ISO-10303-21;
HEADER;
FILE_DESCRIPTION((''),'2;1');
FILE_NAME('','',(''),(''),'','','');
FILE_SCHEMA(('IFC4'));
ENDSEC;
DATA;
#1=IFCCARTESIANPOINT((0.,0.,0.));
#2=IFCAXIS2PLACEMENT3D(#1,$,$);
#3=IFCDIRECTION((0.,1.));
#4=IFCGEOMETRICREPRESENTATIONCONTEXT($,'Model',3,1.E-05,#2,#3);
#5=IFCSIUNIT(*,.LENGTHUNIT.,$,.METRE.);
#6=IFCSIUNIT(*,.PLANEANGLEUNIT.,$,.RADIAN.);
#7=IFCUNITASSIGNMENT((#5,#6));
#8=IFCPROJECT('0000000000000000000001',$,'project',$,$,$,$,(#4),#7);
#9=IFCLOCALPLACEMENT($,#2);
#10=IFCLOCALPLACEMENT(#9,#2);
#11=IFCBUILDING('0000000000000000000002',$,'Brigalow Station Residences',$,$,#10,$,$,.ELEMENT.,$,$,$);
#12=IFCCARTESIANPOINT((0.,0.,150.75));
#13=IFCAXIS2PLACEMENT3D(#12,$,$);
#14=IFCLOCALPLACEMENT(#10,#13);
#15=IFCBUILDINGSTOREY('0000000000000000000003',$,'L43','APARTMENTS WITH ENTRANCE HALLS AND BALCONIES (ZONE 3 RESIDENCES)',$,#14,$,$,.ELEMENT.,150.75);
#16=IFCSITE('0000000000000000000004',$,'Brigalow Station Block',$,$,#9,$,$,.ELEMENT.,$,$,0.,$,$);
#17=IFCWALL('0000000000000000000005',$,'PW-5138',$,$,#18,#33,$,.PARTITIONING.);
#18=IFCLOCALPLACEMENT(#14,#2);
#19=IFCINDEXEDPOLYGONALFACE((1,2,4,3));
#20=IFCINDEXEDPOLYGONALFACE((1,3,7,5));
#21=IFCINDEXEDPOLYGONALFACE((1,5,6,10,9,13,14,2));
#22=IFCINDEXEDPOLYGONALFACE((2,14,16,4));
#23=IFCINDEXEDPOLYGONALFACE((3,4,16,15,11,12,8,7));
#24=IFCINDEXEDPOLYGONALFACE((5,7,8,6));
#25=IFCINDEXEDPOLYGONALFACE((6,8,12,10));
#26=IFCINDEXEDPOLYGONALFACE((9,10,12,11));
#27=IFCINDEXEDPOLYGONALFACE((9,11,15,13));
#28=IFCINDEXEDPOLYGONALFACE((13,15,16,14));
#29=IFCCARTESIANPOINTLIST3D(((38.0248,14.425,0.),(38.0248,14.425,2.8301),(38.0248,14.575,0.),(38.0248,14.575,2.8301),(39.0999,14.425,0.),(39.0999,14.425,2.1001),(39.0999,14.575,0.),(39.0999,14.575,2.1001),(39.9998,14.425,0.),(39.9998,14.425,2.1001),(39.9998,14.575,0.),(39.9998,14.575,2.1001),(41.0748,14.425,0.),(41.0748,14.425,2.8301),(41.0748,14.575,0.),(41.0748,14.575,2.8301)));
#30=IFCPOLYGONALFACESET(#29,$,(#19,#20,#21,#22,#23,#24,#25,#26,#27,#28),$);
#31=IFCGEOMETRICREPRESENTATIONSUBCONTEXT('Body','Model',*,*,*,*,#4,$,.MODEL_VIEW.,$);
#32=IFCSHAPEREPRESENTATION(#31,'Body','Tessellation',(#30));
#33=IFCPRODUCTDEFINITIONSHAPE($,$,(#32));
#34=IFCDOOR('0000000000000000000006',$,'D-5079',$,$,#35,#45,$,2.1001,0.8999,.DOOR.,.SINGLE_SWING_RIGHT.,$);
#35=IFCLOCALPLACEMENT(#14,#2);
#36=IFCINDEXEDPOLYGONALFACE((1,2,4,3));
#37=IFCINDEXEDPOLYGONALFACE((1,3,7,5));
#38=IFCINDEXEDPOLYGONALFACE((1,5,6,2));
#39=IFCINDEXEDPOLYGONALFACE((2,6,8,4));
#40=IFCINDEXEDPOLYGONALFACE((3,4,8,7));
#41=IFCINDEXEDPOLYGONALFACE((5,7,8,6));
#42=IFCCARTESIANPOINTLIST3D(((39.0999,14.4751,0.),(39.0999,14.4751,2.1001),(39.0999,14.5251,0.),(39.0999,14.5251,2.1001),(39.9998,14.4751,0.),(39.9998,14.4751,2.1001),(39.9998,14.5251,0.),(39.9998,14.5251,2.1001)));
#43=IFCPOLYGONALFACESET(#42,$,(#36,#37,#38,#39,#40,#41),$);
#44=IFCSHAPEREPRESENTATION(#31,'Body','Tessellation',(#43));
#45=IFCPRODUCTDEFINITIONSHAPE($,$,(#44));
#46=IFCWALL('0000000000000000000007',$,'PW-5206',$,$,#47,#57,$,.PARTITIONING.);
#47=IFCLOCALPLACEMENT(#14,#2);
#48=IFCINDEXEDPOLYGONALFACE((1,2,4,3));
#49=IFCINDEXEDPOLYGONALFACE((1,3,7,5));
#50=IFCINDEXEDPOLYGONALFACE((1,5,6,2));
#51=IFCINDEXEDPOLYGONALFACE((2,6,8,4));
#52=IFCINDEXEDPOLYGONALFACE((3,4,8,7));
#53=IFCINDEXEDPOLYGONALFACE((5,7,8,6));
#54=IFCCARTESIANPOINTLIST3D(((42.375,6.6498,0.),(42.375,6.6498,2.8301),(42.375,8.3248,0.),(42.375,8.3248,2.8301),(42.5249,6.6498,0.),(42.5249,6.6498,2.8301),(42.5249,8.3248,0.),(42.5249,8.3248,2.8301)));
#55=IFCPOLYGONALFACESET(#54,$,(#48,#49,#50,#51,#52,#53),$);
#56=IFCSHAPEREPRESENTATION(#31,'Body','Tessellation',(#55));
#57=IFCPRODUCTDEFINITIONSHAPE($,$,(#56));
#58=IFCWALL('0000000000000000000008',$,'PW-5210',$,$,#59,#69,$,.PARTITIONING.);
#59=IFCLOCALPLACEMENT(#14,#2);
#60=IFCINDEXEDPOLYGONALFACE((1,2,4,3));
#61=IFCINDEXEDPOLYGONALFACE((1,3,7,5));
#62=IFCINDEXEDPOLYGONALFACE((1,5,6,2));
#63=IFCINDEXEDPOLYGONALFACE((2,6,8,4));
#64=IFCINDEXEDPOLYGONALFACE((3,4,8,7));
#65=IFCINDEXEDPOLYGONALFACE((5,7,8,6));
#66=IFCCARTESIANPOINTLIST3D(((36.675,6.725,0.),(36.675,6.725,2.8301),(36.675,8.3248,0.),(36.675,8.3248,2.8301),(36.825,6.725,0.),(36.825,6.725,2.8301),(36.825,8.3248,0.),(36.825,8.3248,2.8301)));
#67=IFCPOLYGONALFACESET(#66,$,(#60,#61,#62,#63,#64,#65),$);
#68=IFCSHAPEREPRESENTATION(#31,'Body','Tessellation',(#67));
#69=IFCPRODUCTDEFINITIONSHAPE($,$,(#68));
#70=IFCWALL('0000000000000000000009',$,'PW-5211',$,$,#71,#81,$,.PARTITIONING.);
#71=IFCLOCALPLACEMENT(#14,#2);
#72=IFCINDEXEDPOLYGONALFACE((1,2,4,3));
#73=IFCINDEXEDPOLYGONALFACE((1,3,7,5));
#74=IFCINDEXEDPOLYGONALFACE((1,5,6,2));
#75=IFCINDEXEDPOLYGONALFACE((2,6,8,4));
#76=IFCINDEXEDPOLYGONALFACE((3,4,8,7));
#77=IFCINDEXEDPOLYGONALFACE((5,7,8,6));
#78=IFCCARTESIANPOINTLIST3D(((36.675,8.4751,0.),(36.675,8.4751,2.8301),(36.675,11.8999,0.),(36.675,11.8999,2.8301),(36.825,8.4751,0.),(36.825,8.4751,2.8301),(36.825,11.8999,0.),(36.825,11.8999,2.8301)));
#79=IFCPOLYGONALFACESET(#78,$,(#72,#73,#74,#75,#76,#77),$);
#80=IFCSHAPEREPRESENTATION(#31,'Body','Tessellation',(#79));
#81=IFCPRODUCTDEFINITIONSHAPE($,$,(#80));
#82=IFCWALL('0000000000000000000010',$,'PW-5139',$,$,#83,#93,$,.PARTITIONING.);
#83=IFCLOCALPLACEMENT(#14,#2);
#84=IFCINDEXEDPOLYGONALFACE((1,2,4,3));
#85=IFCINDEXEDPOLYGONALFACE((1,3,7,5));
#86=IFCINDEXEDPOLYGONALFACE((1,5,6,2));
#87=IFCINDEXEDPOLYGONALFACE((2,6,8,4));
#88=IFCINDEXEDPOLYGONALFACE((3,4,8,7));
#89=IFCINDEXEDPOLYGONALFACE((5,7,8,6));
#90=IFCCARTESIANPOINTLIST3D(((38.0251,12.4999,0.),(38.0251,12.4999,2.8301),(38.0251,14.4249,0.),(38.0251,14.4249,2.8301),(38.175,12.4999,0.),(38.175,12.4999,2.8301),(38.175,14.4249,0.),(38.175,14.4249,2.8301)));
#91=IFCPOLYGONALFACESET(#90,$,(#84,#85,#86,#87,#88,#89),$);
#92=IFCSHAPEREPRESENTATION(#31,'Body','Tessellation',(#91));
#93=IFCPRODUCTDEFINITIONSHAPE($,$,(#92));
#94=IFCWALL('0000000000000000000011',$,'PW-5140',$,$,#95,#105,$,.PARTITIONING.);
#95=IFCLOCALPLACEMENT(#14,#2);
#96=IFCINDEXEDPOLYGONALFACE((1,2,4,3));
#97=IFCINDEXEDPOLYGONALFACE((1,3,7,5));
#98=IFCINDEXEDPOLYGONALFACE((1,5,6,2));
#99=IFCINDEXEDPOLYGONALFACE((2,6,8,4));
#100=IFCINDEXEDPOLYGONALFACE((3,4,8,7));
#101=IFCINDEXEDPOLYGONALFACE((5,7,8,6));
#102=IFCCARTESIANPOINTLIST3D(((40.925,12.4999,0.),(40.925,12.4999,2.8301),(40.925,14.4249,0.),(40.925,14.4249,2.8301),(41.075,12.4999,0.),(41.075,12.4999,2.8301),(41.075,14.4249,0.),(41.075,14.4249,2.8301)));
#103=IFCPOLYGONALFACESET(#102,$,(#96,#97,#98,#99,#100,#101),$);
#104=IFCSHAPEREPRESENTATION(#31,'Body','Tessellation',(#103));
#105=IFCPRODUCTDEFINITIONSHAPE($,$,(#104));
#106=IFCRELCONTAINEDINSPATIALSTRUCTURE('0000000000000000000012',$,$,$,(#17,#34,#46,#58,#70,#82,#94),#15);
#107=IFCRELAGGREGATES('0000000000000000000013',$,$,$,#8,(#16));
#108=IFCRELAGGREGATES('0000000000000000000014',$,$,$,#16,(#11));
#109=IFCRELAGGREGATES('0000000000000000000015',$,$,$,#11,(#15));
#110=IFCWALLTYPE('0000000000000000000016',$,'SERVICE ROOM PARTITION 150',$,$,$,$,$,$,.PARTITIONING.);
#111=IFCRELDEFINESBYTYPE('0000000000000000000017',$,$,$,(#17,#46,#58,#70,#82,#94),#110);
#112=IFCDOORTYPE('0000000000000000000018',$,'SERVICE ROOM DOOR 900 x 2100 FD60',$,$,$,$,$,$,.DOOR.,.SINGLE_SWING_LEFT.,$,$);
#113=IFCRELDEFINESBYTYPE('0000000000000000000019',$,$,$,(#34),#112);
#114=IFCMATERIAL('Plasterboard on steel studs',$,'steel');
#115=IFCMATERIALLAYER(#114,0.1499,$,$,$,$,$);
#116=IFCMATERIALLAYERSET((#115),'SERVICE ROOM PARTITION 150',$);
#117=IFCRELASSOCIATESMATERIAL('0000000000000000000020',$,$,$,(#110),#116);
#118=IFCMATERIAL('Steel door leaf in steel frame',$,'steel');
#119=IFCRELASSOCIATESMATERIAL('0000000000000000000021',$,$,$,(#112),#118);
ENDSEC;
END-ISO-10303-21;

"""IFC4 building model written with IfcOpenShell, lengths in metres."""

from ifc_helpers import new_model, si_unit, direction, frame, frame_2d, origin, place, context, subcontext, project, spatial, rectangle, extrude, material, layer, layer_set, type_object, element, fill, save


model = new_model("IFC4")

# Units and contexts
model_context = context("Model", 3, precision=1e-05, world=origin(), true_north=direction((0.0, 1.0)))
body_context = subcontext(model_context, "Body", "Model", "MODEL_VIEW")
ifc_project = project(units=[si_unit("LENGTHUNIT", "METRE"), si_unit("PLANEANGLEUNIT", "RADIAN")], contexts=[model_context])

# Site, building, storey
site_placement = place(None, origin())
site = spatial("IfcSite", under=ifc_project, at=site_placement, Name="Brigalow Station Block", CompositionType="ELEMENT", RefElevation=0.0)
building_placement = place(site_placement, origin())
building = spatial("IfcBuilding", under=site, at=building_placement, Name="Brigalow Station Residences", CompositionType="ELEMENT")
storey_placement = place(building_placement, frame((0.0, 0.0, 150.75)))
storey = spatial("IfcBuildingStorey", under=building, at=storey_placement, Name="L43", Description="APARTMENTS WITH ENTRANCE HALLS AND BALCONIES (ZONE 3 RESIDENCES)", CompositionType="ELEMENT", Elevation=150.75)

# Shared definitions
ifc_material_1 = material(Name="Plasterboard on steel studs", Category="steel")
ifc_layer_1 = layer(ifc_material_1, 0.1499)
ifc_layer_set_1 = layer_set([ifc_layer_1], Name="SERVICE ROOM PARTITION 150")
wall_type_1 = type_object("IfcWallType", Name="SERVICE ROOM PARTITION 150", PredefinedType="PARTITIONING", material=ifc_layer_set_1)
ifc_material_2 = material(Name="Steel door leaf in steel frame", Category="steel")
door_type_1 = type_object("IfcDoorType", Name="SERVICE ROOM DOOR 900 x 2100 FD60", OperationType="SINGLE_SWING_LEFT", PredefinedType="DOOR", material=ifc_material_2)

# Wall, opening, door
wall_1_placement = place(storey_placement, frame((38.0249, 14.5, 0.0), z_axis=(0.0, 0.0, 1.0), x_axis=(1.0, 0.0, 0.0)))
wall_1 = element("IfcWall", 1, at=wall_1_placement, inside=storey, type_object=wall_type_1, Name="PW-5138", PredefinedType="PARTITIONING", context=body_context, shape_type="SweptSolid", body=[
    extrude(rectangle(XDim=3.05, YDim=0.1499, at=frame_2d((1.5249, 0.0))), origin(), (0.0, 0.0, 1.0), 2.8301),
])
opening_1_placement = place(wall_1_placement, frame((1.075, 0.0, 0.0)))
opening_1 = element("IfcOpeningElement", 2, at=opening_1_placement, cuts=wall_1, PredefinedType="OPENING", context=body_context, shape_type="SweptSolid", body=[
    extrude(rectangle(XDim=0.8999, YDim=2.1001, at=frame_2d((0.45, 1.05))), frame((0.0, 0.085, 0.0), z_axis=(0.0, -1.0, 0.0), x_axis=(1.0, 0.0, 0.0)), (0.0, 0.0, 1.0), 0.1699),
])
door_1_placement = place(opening_1_placement, frame((0.8999, 0.0, 0.0), z_axis=(0.0, 0.0, 1.0), x_axis=(-1.0, 0.0, 0.0)))
door_1 = element("IfcDoor", 3, at=door_1_placement, inside=storey, type_object=door_type_1, Name="D-5079", OperationType="SINGLE_SWING_RIGHT", OverallHeight=2.1001, OverallWidth=0.8999, PredefinedType="DOOR", context=body_context, shape_type="SweptSolid", body=[
    extrude(rectangle(XDim=0.8999, YDim=2.1001, at=frame_2d((0.45, 1.05))), frame((0.0, 0.0249, 0.0), z_axis=(0.0, -1.0, 0.0), x_axis=(1.0, 0.0, 0.0)), (0.0, 0.0, 1.0), 0.05),
])
fill(opening_1, door_1)

# Walls
wall_2_placement = place(storey_placement, frame((42.45, 6.6499, 0.0), z_axis=(0.0, 0.0, 1.0), x_axis=(0.0, 1.0, 0.0)))
element("IfcWall", 4, at=wall_2_placement, inside=storey, type_object=wall_type_1, Name="PW-5206", PredefinedType="PARTITIONING", context=body_context, shape_type="SweptSolid", body=[
    extrude(rectangle(XDim=1.675, YDim=0.1499, at=frame_2d((0.8374, 0.0))), origin(), (0.0, 0.0, 1.0), 2.8301),
])
wall_3_placement = place(storey_placement, frame((36.75, 6.7251, 0.0), z_axis=(0.0, 0.0, 1.0), x_axis=(0.0, 1.0, 0.0)))
element("IfcWall", 5, at=wall_3_placement, inside=storey, type_object=wall_type_1, Name="PW-5210", PredefinedType="PARTITIONING", context=body_context, shape_type="SweptSolid", body=[
    extrude(rectangle(XDim=1.5999, YDim=0.1499, at=frame_2d((0.7998, 0.0))), origin(), (0.0, 0.0, 1.0), 2.8301),
])
wall_4_placement = place(storey_placement, frame((36.75, 8.4751, 0.0), z_axis=(0.0, 0.0, 1.0), x_axis=(0.0, 1.0, 0.0)))
element("IfcWall", 6, at=wall_4_placement, inside=storey, type_object=wall_type_1, Name="PW-5211", PredefinedType="PARTITIONING", context=body_context, shape_type="SweptSolid", body=[
    extrude(rectangle(XDim=3.4248, YDim=0.1499, at=frame_2d((1.7124, 0.0))), origin(), (0.0, 0.0, 1.0), 2.8301),
])
for number, where, z_axis, x_axis, name in (
    (7, (38.1001, 12.5, 0.0), (0.0, 0.0, 1.0), (0.0, 1.0, 0.0), "PW-5139"),
    (8, (41.0, 12.5, 0.0), (0.0, 0.0, 1.0), (0.0, 1.0, 0.0), "PW-5140"),
):
    element("IfcWall", number, at=place(storey_placement, frame(where, z_axis=z_axis, x_axis=x_axis)), inside=storey, type_object=wall_type_1, Name=name, PredefinedType="PARTITIONING", context=body_context, shape_type="SweptSolid", body=[
        extrude(rectangle(XDim=1.925, YDim=0.1499, at=frame_2d((0.9624, 0.0))), origin(), (0.0, 0.0, 1.0), 2.8301),
    ])

save(model, "model.ifc")
